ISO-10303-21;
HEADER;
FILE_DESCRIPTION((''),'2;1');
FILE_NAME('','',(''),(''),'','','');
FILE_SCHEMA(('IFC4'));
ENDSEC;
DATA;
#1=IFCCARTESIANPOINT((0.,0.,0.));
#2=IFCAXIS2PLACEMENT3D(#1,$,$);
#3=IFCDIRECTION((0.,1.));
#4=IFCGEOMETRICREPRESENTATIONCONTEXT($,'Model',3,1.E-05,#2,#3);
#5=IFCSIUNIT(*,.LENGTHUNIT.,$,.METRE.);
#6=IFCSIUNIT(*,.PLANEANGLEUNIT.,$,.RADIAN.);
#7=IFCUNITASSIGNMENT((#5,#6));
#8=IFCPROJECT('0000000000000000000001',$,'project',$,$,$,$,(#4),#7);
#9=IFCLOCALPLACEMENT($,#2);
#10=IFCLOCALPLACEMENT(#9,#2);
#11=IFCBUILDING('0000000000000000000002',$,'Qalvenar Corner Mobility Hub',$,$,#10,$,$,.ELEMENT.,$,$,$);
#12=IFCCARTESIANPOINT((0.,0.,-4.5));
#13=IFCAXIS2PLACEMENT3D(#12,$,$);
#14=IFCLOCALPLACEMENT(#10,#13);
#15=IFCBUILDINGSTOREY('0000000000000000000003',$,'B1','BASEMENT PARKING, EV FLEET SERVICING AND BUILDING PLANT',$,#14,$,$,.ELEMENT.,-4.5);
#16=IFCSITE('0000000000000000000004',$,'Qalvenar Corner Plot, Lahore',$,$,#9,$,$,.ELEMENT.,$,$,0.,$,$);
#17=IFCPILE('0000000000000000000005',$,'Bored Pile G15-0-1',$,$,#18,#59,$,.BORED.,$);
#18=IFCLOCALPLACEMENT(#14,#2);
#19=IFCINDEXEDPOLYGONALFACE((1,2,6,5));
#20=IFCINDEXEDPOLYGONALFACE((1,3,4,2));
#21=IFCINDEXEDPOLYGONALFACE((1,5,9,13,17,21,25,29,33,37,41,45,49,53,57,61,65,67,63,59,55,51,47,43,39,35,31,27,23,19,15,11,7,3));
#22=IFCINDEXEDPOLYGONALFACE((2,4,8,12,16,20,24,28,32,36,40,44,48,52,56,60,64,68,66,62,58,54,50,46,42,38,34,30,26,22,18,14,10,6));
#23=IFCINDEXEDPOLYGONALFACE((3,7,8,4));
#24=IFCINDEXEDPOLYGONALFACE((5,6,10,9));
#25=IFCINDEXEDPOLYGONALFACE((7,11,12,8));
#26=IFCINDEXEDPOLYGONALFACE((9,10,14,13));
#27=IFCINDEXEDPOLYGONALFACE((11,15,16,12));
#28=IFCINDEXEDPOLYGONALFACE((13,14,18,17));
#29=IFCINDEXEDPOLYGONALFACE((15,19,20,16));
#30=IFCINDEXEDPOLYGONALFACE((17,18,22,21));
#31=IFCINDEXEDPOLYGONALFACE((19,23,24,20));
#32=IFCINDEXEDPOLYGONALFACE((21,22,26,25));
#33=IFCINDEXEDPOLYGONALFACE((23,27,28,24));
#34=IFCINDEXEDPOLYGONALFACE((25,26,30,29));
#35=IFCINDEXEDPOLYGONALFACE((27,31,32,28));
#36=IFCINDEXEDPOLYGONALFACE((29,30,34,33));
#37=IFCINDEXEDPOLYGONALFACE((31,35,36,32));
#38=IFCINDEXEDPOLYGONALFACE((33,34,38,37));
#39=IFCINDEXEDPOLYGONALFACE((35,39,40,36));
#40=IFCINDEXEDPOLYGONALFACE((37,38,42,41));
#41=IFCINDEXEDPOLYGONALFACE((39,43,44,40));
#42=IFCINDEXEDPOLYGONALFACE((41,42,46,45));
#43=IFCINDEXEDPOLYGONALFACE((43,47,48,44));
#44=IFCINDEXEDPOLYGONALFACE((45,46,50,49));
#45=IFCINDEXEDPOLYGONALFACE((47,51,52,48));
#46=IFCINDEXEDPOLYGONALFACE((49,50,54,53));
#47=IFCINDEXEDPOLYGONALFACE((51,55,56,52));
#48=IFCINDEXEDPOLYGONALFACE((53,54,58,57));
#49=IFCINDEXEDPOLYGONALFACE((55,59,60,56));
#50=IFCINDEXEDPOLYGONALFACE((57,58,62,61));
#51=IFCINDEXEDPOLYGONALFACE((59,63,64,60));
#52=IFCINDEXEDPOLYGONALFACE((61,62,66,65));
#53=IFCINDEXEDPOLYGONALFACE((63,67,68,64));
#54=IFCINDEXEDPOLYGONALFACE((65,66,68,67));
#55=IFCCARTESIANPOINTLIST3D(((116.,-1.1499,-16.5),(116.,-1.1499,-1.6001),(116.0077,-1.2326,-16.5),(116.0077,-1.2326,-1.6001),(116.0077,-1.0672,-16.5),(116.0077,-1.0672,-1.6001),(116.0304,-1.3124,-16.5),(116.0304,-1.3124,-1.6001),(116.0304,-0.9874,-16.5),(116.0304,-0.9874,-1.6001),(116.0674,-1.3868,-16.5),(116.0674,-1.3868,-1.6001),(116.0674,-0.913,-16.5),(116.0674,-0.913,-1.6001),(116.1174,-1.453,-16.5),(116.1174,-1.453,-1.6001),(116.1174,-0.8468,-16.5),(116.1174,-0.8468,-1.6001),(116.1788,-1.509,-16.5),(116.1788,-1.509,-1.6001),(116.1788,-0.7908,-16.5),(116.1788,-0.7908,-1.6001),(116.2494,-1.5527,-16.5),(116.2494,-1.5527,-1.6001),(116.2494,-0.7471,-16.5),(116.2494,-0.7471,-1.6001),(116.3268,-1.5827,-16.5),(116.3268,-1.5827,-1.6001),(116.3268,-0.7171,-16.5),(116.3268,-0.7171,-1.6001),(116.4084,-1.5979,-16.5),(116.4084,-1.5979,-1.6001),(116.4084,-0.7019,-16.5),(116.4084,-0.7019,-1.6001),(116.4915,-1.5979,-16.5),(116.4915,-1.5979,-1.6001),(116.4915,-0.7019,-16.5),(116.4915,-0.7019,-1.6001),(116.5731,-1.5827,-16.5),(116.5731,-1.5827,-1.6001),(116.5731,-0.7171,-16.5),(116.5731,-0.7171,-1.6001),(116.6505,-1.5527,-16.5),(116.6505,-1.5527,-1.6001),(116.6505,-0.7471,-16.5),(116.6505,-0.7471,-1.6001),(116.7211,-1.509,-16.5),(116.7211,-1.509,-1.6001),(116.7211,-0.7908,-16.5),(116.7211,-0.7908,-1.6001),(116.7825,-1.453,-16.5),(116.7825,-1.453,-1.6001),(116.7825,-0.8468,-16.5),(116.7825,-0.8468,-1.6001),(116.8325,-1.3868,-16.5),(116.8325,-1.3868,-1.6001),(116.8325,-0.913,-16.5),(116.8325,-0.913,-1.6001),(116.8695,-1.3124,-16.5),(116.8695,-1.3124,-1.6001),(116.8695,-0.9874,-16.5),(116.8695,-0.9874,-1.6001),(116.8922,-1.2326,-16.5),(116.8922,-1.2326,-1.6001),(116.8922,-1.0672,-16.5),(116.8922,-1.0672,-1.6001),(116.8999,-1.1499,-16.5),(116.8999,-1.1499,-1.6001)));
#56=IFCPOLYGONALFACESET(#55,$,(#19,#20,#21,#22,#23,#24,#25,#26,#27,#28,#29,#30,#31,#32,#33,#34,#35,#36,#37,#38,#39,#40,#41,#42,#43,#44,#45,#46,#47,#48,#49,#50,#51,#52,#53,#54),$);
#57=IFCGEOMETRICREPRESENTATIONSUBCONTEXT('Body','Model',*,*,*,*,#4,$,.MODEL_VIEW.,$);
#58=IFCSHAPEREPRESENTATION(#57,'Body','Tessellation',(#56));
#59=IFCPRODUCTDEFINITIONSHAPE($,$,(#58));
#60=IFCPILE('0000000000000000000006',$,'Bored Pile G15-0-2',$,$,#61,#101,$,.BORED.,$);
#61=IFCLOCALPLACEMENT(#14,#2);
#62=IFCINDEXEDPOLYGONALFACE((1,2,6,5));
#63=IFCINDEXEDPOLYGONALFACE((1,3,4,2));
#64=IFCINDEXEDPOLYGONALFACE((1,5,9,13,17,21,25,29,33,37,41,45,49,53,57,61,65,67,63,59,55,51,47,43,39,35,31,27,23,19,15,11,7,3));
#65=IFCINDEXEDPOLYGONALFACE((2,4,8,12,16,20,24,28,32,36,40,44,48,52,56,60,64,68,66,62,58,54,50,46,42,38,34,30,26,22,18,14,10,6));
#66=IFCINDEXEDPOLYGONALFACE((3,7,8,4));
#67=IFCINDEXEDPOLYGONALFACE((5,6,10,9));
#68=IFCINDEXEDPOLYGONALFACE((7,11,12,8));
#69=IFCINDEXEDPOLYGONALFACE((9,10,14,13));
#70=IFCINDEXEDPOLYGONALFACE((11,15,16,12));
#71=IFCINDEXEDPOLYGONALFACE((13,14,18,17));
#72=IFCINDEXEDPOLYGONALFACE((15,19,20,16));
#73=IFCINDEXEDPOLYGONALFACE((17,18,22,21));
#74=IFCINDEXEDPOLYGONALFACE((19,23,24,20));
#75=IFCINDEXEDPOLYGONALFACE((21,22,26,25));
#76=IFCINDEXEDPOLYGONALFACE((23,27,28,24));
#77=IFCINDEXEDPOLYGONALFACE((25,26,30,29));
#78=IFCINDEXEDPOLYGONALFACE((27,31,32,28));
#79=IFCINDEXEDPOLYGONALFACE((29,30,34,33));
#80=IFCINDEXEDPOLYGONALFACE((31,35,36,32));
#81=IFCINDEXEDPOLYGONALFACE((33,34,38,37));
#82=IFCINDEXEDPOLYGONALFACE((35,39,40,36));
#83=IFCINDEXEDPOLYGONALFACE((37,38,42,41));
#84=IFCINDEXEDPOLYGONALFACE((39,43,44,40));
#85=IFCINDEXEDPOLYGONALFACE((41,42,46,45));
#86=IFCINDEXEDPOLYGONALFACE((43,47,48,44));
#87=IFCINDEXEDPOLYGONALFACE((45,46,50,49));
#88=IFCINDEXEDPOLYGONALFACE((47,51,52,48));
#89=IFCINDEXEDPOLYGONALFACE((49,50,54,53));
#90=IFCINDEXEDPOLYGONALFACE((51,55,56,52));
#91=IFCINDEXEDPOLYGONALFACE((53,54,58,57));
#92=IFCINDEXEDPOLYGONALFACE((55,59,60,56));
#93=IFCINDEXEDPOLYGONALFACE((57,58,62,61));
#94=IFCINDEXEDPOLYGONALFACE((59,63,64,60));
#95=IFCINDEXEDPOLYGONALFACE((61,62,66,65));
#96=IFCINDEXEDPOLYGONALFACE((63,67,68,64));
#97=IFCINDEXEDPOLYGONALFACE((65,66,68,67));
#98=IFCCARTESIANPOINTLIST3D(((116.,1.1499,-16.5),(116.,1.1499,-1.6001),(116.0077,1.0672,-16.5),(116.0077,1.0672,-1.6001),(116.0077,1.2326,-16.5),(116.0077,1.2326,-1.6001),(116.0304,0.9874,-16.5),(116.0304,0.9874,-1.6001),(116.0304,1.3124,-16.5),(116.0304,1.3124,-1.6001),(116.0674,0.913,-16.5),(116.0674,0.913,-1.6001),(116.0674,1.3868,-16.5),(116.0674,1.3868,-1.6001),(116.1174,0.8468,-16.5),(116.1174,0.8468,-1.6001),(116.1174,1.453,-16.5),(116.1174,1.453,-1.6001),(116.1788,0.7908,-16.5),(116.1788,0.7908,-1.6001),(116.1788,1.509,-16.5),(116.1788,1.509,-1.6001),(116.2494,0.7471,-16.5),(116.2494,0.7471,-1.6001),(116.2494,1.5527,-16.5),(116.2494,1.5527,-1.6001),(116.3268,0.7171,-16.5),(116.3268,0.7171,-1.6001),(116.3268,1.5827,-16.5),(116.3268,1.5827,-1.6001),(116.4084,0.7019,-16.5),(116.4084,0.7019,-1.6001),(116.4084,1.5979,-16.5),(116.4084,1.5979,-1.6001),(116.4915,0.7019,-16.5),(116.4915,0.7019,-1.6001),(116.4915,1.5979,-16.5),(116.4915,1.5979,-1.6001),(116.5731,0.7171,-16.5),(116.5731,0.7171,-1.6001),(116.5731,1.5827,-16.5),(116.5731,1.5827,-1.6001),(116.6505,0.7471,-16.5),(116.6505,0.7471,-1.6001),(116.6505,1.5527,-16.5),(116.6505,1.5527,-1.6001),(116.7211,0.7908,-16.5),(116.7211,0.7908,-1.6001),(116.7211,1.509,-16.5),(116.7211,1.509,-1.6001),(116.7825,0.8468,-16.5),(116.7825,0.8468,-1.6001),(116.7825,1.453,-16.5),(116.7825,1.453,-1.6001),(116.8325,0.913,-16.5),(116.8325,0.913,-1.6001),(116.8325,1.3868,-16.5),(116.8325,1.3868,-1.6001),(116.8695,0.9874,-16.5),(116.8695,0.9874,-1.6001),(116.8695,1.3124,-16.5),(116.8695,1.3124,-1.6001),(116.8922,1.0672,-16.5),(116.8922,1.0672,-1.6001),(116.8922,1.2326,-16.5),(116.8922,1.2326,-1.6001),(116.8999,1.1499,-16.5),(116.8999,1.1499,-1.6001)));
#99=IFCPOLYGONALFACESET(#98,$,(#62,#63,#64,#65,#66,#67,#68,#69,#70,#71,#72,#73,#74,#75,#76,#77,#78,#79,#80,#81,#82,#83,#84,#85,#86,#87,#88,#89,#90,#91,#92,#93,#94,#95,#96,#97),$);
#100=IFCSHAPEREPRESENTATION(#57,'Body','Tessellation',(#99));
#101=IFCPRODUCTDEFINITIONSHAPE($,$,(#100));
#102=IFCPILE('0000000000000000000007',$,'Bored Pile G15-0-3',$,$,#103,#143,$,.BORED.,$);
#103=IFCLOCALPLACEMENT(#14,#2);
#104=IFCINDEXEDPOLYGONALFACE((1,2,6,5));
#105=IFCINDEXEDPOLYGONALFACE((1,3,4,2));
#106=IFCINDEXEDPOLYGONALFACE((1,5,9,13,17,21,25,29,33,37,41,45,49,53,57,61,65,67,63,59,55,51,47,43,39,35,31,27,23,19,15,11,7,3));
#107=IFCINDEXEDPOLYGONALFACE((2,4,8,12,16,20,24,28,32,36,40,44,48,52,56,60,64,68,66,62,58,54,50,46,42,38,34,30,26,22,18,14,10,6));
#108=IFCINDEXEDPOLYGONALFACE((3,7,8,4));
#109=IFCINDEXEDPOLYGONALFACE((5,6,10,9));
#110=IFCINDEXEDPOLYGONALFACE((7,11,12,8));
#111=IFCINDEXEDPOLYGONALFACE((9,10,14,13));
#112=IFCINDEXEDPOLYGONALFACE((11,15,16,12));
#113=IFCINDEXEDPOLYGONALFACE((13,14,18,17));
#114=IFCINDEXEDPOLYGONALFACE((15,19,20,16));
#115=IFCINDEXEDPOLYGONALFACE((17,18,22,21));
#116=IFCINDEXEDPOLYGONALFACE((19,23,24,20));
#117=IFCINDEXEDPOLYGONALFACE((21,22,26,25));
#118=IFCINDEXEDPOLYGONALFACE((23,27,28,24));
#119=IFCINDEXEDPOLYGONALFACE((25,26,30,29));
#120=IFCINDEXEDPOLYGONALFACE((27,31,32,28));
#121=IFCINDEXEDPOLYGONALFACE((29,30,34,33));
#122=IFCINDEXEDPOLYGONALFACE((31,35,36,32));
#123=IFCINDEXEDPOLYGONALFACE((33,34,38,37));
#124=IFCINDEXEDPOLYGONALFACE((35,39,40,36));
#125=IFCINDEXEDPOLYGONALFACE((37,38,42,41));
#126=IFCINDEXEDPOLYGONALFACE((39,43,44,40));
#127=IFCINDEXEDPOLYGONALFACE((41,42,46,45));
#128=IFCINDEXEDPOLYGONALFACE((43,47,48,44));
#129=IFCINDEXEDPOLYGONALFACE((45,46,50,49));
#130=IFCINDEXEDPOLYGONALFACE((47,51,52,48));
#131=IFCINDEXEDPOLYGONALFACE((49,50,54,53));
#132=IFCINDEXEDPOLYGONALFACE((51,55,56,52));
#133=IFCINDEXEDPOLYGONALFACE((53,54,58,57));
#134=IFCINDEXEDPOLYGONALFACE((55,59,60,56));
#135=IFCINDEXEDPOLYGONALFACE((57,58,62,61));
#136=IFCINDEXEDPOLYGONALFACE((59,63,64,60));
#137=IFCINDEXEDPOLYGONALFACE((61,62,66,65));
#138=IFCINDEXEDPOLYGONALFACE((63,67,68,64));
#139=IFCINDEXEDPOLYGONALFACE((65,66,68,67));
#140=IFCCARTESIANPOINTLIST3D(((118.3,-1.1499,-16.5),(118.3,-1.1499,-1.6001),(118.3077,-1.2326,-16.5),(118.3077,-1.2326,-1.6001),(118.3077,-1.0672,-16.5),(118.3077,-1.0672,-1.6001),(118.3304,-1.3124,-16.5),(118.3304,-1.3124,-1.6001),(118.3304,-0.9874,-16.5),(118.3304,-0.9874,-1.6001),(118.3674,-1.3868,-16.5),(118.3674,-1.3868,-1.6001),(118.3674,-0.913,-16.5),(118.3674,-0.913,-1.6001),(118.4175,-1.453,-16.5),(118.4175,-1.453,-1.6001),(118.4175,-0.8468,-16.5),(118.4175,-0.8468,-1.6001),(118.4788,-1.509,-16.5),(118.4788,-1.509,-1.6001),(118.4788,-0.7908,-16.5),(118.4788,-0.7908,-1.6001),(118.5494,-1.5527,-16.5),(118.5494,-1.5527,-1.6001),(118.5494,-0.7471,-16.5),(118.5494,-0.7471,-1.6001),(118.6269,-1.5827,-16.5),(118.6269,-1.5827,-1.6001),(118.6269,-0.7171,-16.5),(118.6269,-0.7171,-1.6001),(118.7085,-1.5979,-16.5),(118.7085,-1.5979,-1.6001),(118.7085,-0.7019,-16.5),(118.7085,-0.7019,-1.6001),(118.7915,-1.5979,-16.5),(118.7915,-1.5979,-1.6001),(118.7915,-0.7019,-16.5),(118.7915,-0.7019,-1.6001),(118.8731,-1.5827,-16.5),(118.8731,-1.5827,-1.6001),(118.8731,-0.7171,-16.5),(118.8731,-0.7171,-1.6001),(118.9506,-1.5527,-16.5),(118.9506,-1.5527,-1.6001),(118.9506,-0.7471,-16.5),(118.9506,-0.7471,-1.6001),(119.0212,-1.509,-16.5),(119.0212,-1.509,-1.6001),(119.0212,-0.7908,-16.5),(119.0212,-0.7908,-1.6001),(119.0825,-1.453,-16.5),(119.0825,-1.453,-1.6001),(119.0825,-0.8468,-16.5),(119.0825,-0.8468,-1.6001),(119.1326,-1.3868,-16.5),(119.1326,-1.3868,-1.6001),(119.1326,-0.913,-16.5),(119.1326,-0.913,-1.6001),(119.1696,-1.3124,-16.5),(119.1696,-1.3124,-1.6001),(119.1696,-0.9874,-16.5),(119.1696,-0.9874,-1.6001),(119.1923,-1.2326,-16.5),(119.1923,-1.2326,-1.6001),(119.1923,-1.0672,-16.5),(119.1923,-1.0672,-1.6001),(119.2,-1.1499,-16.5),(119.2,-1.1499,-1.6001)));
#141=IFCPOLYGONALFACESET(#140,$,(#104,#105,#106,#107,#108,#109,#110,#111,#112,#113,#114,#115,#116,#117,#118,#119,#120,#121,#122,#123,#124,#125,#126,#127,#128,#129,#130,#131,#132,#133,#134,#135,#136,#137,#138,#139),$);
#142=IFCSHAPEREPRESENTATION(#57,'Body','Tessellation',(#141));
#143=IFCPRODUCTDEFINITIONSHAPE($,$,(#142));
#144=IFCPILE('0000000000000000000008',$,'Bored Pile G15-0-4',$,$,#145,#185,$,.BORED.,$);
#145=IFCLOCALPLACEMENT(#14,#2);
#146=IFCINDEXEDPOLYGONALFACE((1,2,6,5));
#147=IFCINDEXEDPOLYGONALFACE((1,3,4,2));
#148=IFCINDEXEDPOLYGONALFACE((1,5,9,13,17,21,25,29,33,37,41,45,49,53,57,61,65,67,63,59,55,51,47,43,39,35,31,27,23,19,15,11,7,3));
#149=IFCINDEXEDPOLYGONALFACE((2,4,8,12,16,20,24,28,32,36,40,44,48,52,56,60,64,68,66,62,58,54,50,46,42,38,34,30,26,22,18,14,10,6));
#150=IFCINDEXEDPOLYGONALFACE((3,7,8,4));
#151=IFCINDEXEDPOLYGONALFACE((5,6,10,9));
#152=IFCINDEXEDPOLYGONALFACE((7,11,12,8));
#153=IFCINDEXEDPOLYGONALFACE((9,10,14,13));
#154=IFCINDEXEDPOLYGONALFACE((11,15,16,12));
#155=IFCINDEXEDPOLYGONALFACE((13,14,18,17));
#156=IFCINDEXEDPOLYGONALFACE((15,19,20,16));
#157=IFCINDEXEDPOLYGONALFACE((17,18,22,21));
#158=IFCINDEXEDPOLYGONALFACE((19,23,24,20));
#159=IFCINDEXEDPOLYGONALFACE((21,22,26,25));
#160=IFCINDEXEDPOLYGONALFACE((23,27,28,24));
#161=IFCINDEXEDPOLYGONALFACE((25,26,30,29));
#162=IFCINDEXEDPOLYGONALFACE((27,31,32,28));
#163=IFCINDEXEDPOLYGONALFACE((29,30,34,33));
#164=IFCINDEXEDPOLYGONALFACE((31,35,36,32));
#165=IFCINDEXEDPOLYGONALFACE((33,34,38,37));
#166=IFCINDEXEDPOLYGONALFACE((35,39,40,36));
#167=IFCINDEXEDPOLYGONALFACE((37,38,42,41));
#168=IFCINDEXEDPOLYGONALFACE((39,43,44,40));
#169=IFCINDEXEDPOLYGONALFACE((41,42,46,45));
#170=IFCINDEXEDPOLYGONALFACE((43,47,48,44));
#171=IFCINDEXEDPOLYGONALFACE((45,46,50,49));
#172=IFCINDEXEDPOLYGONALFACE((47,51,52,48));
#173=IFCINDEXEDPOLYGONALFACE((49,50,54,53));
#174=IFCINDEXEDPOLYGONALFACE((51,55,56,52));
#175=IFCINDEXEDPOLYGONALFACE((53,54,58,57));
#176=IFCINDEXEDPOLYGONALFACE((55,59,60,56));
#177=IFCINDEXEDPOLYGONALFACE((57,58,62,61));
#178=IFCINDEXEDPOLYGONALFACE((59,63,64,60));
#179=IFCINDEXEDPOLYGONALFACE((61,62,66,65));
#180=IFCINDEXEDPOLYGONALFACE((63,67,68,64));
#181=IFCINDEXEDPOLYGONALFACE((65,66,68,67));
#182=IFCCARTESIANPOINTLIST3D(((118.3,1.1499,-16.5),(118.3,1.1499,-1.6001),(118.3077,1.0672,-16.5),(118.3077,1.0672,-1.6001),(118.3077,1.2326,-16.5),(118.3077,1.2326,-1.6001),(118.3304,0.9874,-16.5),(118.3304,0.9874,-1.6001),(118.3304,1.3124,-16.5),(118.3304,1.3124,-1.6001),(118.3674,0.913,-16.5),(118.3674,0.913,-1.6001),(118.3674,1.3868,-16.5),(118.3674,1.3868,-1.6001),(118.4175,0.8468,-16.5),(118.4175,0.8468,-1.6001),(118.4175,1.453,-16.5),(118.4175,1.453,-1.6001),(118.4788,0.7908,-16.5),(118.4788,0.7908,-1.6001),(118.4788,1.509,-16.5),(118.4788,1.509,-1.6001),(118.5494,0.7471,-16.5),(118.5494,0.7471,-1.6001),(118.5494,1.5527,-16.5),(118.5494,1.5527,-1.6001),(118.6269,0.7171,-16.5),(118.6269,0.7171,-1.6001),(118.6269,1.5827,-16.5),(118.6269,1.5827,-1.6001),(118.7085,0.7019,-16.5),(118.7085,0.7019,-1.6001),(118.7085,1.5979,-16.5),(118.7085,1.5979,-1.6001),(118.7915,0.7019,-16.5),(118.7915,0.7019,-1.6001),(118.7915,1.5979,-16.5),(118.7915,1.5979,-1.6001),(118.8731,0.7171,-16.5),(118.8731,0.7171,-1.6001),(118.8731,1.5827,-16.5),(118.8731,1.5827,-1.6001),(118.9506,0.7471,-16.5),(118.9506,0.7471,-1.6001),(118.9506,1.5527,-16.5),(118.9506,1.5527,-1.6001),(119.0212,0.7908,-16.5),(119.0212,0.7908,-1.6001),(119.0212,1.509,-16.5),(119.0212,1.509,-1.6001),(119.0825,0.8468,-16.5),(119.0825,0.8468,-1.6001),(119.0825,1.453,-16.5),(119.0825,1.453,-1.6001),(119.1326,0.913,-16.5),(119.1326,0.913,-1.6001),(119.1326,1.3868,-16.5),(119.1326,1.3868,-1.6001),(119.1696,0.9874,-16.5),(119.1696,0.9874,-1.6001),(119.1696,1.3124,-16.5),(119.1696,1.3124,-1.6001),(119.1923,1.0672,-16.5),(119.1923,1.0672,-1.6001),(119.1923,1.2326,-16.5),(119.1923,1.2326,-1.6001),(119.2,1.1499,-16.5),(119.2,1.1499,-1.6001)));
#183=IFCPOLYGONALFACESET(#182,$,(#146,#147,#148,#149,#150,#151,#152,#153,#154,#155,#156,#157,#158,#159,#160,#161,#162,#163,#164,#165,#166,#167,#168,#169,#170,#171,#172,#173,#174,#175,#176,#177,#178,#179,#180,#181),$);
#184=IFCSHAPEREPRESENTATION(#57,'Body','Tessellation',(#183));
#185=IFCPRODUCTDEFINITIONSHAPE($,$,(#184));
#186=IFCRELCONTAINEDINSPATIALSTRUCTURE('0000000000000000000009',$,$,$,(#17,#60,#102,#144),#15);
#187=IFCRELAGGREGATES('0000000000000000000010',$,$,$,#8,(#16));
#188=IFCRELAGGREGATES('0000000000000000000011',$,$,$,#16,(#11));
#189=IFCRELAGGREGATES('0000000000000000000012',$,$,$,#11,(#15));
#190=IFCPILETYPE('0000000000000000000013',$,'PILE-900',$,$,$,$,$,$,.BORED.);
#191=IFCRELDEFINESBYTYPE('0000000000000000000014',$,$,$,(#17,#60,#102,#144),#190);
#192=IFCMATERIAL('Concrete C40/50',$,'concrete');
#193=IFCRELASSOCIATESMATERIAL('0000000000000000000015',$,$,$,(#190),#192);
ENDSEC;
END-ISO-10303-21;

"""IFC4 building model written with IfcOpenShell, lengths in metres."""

from ifc_helpers import new_model, si_unit, direction, frame, origin, origin_2d, place, context, subcontext, project, spatial, circle, extrude, material, material_profile, profile_set, type_object, element, save


model = new_model("IFC4")

# Units and contexts
model_context = context("Model", 3, precision=1e-05, world=origin(), true_north=direction((0.0, 1.0)))
body_context = subcontext(model_context, "Body", "Model", "MODEL_VIEW")
ifc_project = project(units=[si_unit("LENGTHUNIT", "METRE"), si_unit("PLANEANGLEUNIT", "RADIAN")], contexts=[model_context])

# Site, building, storey
site_placement = place(None, origin())
site = spatial("IfcSite", under=ifc_project, at=site_placement, Name="Qalvenar Corner Plot, Lahore", CompositionType="ELEMENT", RefElevation=0.0)
building_placement = place(site_placement, origin())
building = spatial("IfcBuilding", under=site, at=building_placement, Name="Qalvenar Corner Mobility Hub", CompositionType="ELEMENT")
storey_placement = place(building_placement, frame((0.0, 0.0, -4.5)))
storey = spatial("IfcBuildingStorey", under=building, at=storey_placement, Name="B1", Description="BASEMENT PARKING, EV FLEET SERVICING AND BUILDING PLANT", CompositionType="ELEMENT", Elevation=-4.5)

# Shared definitions
ifc_material_1 = material(Name="Concrete C40/50", Category="concrete")

# Piles
ifc_material_profile_1 = material_profile(ifc_material_1, circle(Radius=0.45, at=origin_2d()), Name="DIA900")
ifc_profile_set_1 = profile_set([ifc_material_profile_1], Name="Concrete C40/50")
pile_type = type_object("IfcPileType", Name="PILE-900", PredefinedType="BORED", material=ifc_profile_set_1)
for number, where, z_axis, x_axis, name in (
    (1, (116.45, -1.1499, -1.6001), (0.0, 0.0, -1.0), (1.0, 0.0, 0.0), "Bored Pile G15-0-1"),
    (2, (116.45, 1.1499, -1.6001), (0.0, 0.0, -1.0), (1.0, 0.0, 0.0), "Bored Pile G15-0-2"),
    (3, (118.75, -1.1499, -1.6001), (0.0, 0.0, -1.0), (1.0, 0.0, 0.0), "Bored Pile G15-0-3"),
    (4, (118.75, 1.1499, -1.6001), (0.0, 0.0, -1.0), (1.0, 0.0, 0.0), "Bored Pile G15-0-4"),
):
    element("IfcPile", number, at=place(storey_placement, frame(where, z_axis=z_axis, x_axis=x_axis)), inside=storey, type_object=pile_type, Name=name, PredefinedType="BORED", context=body_context, shape_type="SweptSolid", body=[
        extrude(circle(Radius=0.45, at=origin_2d()), origin(), (0.0, 0.0, 1.0), 14.8999),
    ])

save(model, "model.ifc")
